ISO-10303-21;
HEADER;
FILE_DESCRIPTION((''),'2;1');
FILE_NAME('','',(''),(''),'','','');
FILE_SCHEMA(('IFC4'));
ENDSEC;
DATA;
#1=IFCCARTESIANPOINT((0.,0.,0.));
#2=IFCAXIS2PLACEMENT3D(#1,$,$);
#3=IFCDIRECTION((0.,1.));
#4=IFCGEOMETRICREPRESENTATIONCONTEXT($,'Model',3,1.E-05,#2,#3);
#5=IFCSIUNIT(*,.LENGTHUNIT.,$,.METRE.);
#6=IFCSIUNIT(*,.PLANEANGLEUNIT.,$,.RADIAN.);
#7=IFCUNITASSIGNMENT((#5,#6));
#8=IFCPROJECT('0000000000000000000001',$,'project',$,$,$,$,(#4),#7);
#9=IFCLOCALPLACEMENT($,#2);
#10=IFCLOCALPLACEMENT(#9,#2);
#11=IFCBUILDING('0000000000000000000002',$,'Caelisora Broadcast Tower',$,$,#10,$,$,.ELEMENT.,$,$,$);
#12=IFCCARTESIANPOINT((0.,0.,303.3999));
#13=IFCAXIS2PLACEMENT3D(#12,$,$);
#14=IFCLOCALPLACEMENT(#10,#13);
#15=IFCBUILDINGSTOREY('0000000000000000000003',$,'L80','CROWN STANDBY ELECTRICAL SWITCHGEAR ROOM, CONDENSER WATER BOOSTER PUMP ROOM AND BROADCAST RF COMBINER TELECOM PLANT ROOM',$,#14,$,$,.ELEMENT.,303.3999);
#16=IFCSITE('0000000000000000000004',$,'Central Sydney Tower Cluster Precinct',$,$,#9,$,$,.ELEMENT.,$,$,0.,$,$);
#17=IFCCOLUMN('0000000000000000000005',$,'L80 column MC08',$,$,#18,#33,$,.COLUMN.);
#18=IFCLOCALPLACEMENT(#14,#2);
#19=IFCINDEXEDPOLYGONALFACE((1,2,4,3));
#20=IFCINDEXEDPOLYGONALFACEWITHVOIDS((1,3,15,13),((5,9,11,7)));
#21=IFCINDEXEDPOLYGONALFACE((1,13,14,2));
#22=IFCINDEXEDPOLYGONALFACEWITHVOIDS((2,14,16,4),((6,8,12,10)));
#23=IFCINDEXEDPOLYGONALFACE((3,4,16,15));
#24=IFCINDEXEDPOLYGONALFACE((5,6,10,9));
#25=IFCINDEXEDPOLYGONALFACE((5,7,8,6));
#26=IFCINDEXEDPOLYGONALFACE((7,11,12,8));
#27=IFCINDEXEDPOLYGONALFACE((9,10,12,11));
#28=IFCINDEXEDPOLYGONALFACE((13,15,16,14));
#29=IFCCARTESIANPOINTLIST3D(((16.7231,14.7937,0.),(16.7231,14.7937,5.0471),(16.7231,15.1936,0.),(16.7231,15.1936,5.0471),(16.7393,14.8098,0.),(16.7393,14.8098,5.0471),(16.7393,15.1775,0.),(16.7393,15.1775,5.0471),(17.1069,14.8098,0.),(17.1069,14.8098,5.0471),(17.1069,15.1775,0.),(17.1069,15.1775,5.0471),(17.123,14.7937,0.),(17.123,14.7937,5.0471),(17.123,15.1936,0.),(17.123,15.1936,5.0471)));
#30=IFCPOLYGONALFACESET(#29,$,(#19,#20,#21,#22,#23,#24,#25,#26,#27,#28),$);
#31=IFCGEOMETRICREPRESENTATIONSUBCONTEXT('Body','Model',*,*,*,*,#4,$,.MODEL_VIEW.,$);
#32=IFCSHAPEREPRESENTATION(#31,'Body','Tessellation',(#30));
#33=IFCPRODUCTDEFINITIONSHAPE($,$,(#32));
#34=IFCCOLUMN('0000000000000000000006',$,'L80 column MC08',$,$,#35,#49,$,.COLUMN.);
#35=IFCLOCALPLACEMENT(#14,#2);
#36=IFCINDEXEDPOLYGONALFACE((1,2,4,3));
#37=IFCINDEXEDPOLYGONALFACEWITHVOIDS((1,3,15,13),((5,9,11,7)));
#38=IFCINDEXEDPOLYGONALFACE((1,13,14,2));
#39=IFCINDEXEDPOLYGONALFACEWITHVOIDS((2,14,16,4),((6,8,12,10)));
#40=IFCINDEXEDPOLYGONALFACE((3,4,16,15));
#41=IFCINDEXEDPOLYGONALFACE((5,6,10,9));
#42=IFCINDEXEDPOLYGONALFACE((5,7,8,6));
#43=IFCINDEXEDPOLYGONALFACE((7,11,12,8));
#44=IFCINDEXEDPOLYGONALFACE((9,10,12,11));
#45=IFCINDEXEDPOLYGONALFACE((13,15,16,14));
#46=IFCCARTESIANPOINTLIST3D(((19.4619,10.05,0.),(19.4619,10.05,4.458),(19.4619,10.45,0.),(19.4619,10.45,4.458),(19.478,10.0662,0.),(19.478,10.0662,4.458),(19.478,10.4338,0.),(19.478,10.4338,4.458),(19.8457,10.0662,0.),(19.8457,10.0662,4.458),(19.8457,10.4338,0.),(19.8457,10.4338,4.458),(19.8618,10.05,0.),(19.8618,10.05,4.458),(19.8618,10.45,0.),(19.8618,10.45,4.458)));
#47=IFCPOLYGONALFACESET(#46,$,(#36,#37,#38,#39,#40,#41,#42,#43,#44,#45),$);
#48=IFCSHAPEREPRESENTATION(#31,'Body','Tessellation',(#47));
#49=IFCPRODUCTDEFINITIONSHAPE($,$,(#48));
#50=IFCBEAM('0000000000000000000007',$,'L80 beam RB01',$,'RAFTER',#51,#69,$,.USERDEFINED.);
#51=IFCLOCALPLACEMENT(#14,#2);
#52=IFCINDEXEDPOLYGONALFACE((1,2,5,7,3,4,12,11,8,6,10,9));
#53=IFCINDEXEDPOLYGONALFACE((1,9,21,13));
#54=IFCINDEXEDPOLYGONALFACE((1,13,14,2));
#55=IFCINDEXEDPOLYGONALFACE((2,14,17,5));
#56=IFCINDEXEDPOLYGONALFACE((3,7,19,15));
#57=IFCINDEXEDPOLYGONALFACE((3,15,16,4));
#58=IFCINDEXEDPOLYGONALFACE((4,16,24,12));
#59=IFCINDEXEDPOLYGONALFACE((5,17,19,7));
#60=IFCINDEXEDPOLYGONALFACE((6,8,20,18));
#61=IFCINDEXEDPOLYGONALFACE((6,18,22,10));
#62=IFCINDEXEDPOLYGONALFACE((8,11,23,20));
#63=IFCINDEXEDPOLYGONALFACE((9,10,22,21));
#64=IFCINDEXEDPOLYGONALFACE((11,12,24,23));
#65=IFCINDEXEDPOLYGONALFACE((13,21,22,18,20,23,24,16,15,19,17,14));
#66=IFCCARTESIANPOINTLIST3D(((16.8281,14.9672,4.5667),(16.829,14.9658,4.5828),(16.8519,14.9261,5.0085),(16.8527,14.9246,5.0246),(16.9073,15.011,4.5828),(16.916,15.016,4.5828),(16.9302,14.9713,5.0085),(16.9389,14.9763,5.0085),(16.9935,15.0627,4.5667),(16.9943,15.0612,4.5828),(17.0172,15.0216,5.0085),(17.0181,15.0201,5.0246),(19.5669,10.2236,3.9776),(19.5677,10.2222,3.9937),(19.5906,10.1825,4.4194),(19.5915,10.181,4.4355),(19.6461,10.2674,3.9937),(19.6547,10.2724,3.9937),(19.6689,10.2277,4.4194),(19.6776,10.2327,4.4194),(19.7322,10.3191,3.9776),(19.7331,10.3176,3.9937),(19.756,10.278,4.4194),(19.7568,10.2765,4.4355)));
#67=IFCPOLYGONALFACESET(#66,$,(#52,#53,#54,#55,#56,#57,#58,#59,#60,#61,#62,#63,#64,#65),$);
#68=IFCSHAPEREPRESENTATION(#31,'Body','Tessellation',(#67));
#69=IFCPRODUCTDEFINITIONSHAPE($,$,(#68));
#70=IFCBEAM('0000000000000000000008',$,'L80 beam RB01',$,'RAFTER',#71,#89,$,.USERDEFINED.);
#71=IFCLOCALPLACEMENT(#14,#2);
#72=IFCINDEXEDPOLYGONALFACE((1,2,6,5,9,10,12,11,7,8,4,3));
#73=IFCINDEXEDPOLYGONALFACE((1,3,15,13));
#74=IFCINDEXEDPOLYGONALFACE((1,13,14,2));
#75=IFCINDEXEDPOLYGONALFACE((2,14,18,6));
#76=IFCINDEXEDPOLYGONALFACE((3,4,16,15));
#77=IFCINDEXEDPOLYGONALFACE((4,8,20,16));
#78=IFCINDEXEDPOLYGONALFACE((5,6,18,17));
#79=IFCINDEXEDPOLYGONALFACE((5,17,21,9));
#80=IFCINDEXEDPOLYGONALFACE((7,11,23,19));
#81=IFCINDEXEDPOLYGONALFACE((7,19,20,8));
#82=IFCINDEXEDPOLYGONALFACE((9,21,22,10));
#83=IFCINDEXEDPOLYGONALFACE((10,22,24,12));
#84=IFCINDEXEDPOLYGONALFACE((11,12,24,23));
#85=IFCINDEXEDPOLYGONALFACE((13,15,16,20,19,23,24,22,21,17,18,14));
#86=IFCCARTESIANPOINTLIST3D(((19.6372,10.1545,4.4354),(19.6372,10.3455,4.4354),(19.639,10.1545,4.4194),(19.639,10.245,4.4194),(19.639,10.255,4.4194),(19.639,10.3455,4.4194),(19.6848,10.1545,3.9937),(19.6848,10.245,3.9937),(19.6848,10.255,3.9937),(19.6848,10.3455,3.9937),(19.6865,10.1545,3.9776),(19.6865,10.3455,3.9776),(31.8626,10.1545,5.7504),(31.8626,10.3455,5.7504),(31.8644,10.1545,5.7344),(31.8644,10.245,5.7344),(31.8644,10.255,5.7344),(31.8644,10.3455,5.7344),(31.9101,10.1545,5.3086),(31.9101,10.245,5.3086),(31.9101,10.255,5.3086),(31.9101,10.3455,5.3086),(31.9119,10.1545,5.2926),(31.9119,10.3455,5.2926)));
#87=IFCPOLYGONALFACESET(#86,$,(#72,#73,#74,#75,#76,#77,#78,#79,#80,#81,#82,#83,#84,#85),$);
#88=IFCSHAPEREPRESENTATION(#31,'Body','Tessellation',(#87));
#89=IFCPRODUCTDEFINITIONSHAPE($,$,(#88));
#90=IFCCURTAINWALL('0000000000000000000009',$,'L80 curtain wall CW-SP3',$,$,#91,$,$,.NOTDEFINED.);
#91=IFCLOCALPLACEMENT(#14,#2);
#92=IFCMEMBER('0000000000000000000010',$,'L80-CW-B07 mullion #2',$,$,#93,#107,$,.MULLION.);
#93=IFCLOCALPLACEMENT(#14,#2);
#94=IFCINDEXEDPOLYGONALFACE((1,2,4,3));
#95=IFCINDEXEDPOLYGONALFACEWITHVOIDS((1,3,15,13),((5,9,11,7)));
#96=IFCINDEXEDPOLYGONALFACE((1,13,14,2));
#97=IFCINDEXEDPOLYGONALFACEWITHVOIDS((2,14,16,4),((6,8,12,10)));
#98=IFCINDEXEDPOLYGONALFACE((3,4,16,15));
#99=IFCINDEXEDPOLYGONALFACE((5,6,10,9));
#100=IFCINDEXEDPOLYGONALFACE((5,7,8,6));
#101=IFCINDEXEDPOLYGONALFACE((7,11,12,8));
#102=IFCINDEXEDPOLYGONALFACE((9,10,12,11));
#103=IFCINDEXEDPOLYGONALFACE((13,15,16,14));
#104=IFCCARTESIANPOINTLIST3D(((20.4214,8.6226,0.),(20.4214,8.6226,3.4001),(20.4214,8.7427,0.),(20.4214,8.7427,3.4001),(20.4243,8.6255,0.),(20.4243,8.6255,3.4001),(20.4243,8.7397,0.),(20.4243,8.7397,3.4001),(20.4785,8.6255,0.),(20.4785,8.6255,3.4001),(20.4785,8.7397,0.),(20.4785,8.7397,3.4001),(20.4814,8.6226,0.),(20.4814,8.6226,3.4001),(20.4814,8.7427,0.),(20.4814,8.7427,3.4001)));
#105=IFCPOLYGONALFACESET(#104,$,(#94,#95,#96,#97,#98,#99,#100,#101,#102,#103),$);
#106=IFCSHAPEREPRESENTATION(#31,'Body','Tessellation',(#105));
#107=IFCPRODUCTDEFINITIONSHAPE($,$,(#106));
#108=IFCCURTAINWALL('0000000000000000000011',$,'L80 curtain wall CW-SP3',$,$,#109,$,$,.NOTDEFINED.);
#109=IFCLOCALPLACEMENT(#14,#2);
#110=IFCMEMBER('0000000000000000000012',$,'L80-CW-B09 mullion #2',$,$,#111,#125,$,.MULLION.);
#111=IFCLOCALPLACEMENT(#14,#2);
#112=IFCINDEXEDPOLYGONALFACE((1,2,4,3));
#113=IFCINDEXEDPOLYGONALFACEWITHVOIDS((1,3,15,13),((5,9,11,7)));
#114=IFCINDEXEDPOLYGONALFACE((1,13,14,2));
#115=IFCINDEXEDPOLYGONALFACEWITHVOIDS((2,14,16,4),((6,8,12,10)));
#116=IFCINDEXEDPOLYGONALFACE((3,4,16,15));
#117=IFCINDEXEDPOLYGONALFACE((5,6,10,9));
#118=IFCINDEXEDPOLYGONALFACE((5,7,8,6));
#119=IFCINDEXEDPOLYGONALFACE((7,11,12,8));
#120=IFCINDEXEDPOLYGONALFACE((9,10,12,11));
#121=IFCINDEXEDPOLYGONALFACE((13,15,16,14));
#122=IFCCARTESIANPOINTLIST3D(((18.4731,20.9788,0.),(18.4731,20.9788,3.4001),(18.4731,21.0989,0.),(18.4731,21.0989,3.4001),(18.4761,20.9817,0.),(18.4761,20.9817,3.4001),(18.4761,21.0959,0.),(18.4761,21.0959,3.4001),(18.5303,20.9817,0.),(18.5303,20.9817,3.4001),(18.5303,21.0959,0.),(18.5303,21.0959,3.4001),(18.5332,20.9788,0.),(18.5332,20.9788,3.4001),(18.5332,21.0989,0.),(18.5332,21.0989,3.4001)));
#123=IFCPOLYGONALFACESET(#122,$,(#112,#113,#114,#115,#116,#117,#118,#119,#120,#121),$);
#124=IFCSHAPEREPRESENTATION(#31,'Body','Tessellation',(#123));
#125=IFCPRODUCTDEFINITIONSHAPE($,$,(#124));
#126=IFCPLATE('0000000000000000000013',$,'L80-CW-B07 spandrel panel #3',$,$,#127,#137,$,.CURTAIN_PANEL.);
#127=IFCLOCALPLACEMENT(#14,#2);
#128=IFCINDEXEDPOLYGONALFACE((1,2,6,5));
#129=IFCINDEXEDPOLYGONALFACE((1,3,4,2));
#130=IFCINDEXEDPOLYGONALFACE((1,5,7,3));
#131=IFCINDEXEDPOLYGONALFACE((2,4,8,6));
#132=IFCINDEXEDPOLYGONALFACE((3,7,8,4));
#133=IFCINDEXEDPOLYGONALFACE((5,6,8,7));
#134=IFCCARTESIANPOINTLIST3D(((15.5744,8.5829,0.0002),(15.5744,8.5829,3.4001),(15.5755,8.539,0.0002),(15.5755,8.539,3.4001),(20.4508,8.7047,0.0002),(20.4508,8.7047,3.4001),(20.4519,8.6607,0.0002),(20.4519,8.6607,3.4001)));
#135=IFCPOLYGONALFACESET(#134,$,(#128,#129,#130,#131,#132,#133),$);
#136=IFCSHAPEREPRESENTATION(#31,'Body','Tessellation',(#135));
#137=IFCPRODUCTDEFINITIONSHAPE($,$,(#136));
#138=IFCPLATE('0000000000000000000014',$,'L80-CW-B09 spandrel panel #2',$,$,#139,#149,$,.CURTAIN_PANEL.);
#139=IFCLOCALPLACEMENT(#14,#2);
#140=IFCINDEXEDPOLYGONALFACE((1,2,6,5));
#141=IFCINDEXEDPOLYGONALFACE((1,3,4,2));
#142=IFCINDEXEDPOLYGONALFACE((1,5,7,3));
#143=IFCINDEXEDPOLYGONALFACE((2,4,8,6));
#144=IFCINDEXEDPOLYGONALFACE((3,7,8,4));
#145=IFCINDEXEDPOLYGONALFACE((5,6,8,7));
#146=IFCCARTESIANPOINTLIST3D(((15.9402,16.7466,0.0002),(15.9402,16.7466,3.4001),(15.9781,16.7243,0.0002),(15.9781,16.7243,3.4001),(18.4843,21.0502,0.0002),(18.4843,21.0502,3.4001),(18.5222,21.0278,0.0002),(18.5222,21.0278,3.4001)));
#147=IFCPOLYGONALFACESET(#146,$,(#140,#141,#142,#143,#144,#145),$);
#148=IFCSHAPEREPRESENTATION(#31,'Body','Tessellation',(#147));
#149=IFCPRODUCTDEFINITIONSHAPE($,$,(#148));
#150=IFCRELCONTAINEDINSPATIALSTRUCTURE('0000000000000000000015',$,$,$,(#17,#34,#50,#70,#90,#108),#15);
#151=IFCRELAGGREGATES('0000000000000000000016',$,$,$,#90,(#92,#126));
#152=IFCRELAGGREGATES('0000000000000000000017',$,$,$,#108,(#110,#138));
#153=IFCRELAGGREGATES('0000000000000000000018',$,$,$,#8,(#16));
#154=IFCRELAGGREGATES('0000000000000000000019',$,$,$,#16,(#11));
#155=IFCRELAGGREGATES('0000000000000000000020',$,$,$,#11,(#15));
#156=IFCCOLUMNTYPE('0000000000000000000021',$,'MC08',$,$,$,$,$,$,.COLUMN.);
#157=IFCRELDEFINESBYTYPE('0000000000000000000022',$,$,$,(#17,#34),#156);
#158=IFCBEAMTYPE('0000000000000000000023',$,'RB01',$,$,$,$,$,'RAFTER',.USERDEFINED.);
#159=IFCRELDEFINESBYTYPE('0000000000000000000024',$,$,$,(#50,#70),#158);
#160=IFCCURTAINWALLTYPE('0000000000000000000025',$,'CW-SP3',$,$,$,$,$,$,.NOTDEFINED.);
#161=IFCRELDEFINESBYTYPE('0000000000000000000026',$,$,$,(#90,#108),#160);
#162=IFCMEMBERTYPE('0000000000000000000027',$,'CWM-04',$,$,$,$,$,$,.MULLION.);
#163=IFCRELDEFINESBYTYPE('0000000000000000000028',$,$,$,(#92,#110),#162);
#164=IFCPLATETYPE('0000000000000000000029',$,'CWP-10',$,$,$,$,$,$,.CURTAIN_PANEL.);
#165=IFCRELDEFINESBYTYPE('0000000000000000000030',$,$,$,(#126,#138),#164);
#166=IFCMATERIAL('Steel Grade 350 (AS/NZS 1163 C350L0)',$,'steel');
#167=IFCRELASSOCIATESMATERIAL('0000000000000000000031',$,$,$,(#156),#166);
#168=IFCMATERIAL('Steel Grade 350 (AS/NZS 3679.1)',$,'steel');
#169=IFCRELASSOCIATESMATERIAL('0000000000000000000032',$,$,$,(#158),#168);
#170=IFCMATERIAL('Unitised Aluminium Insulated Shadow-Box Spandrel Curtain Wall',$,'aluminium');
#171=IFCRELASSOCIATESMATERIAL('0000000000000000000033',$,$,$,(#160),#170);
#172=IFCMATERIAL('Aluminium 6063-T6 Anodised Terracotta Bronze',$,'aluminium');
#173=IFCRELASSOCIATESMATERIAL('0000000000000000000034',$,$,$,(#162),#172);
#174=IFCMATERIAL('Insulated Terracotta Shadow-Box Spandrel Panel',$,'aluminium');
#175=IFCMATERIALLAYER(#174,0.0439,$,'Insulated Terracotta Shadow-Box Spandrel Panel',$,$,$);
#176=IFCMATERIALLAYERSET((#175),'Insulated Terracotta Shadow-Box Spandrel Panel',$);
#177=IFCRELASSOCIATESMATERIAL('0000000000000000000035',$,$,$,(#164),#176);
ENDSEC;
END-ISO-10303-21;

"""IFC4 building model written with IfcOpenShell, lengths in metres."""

from ifc_helpers import new_model, si_unit, direction, frame, origin, origin_2d, place, context, subcontext, project, spatial, rectangle, hollow_rectangle, i_section, extrude, source, transform, mapped, material, layer, layer_set, material_profile, profile_set, type_object, type_shapes, element, aggregate, save


model = new_model("IFC4")

# Units and contexts
model_context = context("Model", 3, precision=1e-05, world=origin(), true_north=direction((0.0, 1.0)))
body_context = subcontext(model_context, "Body", "Model", "MODEL_VIEW")
ifc_project = project(units=[si_unit("LENGTHUNIT", "METRE"), si_unit("PLANEANGLEUNIT", "RADIAN")], contexts=[model_context])

# Site, building, storey
site_placement = place(None, origin())
site = spatial("IfcSite", under=ifc_project, at=site_placement, Name="Central Sydney Tower Cluster Precinct", CompositionType="ELEMENT", RefElevation=0.0)
building_placement = place(site_placement, origin())
building = spatial("IfcBuilding", under=site, at=building_placement, Name="Caelisora Broadcast Tower", CompositionType="ELEMENT")
storey_placement = place(building_placement, frame((0.0, 0.0, 303.3999)))
storey = spatial("IfcBuildingStorey", under=building, at=storey_placement, Name="L80", Description="CROWN STANDBY ELECTRICAL SWITCHGEAR ROOM, CONDENSER WATER BOOSTER PUMP ROOM AND BROADCAST RF COMBINER TELECOM PLANT ROOM", CompositionType="ELEMENT", Elevation=303.3999)

# Columns
ifc_material_1 = material(Name="Steel Grade 350 (AS/NZS 1163 C350L0)", Category="steel")
ifc_material_profile_1 = material_profile(ifc_material_1, hollow_rectangle(XDim=0.3999, YDim=0.3999, WallThickness=0.0161, at=origin_2d()), Name="Steel Grade 350 (AS/NZS 1163 C350L0)")
ifc_profile_set_1 = profile_set([ifc_material_profile_1], Name="Steel Grade 350 (AS/NZS 1163 C350L0)")
column_type = type_object("IfcColumnType", Name="MC08", PredefinedType="COLUMN", material=ifc_profile_set_1)
shared_shape_1 = source(origin(), body_context, "Body", "SweptSolid", [
    extrude(hollow_rectangle(XDim=0.3999, YDim=0.3999, WallThickness=0.0161, at=origin_2d()), origin(), (0.0, 0.0, 1.0), 5.0471),
])
column_1_placement = place(storey_placement, frame((16.9231, 14.9937, 0.0), z_axis=(0.0, 0.0, 1.0), x_axis=(1.0, 0.0, 0.0)))
element("IfcColumn", 1, at=column_1_placement, inside=storey, type_object=column_type, Name="L80 column MC08", PredefinedType="COLUMN", context=body_context, shape_type="MappedRepresentation", body=[
    mapped(shared_shape_1, transform((0.0, 0.0, 0.0), scale=1.0)),
])
shared_shape_2 = source(origin(), body_context, "Body", "SweptSolid", [
    extrude(hollow_rectangle(XDim=0.3999, YDim=0.3999, WallThickness=0.0161, at=origin_2d()), origin(), (0.0, 0.0, 1.0), 4.458),
])
type_shapes(column_type, [shared_shape_1, shared_shape_2])
column_2_placement = place(storey_placement, frame((19.6619, 10.25, 0.0), z_axis=(0.0, 0.0, 1.0), x_axis=(1.0, 0.0, 0.0)))
element("IfcColumn", 2, at=column_2_placement, inside=storey, type_object=column_type, Name="L80 column MC08", PredefinedType="COLUMN", context=body_context, shape_type="MappedRepresentation", body=[
    mapped(shared_shape_2, transform((0.0, 0.0, 0.0), scale=1.0)),
])

# Beams
ifc_material_2 = material(Name="Steel Grade 350 (AS/NZS 3679.1)", Category="steel")
ifc_material_profile_2 = material_profile(ifc_material_2, i_section(OverallWidth=0.1909, OverallDepth=0.4604, WebThickness=0.01, FlangeThickness=0.0161, at=origin_2d()), Name="Steel Grade 350 (AS/NZS 3679.1)")
ifc_profile_set_2 = profile_set([ifc_material_profile_2], Name="Steel Grade 350 (AS/NZS 3679.1)")
beam_type = type_object("IfcBeamType", Name="RB01", ElementType="RAFTER", PredefinedType="USERDEFINED", material=ifc_profile_set_2)
shared_shape_3 = source(origin(), body_context, "Body", "SweptSolid", [
    extrude(i_section(OverallWidth=0.1909, OverallDepth=0.4604, WebThickness=0.01, FlangeThickness=0.0161, at=origin_2d()), origin(), (0.0, 0.0, 1.0), 5.509),
])
beam_1_placement = place(storey_placement, frame((16.9231, 14.9937, 4.7957), z_axis=(0.497136, -0.861058, -0.106934), x_axis=(0.866024, 0.500003, 0.0)))
element("IfcBeam", 3, at=beam_1_placement, inside=storey, type_object=beam_type, Name="L80 beam RB01", ObjectType="RAFTER", PredefinedType="USERDEFINED", context=body_context, shape_type="MappedRepresentation", body=[
    mapped(shared_shape_3, transform((0.0, 0.0, 0.0), scale=1.0)),
])
shared_shape_4 = source(origin(), body_context, "Body", "SweptSolid", [
    extrude(i_section(OverallWidth=0.1909, OverallDepth=0.4604, WebThickness=0.01, FlangeThickness=0.0161, at=origin_2d()), origin(), (0.0, 0.0, 1.0), 12.2959),
])
type_shapes(beam_type, [shared_shape_3, shared_shape_4])
beam_2_placement = place(storey_placement, frame((19.6619, 10.25, 4.2065), z_axis=(0.994265, 0.0, 0.106942), x_axis=(0.0, 1.0, 0.0)))
element("IfcBeam", 4, at=beam_2_placement, inside=storey, type_object=beam_type, Name="L80 beam RB01", ObjectType="RAFTER", PredefinedType="USERDEFINED", context=body_context, shape_type="MappedRepresentation", body=[
    mapped(shared_shape_4, transform((0.0, 0.0, 0.0), scale=1.0)),
])

# Curtain walls, members
ifc_material_3 = material(Name="Unitised Aluminium Insulated Shadow-Box Spandrel Curtain Wall", Category="aluminium")
curtain_wall_type = type_object("IfcCurtainWallType", Name="CW-SP3", PredefinedType="NOTDEFINED", material=ifc_material_3)
curtain_wall_1_placement = place(storey_placement, origin())
curtain_wall_1 = element("IfcCurtainWall", 5, at=curtain_wall_1_placement, inside=storey, type_object=curtain_wall_type, Name="L80 curtain wall CW-SP3", PredefinedType="NOTDEFINED")
ifc_material_4 = material(Name="Aluminium 6063-T6 Anodised Terracotta Bronze", Category="aluminium")
ifc_material_profile_3 = material_profile(ifc_material_4, hollow_rectangle(XDim=0.0601, YDim=0.1201, WallThickness=0.0029, at=origin_2d()), Name="Aluminium 6063-T6 Anodised Terracotta Bronze")
ifc_profile_set_3 = profile_set([ifc_material_profile_3], Name="Aluminium 6063-T6 Anodised Terracotta Bronze")
member_type = type_object("IfcMemberType", Name="CWM-04", PredefinedType="MULLION", material=ifc_profile_set_3)
shared_shape_5 = source(origin(), body_context, "Body", "SweptSolid", [
    extrude(hollow_rectangle(XDim=0.0601, YDim=0.1201, WallThickness=0.0029, at=origin_2d()), origin(), (0.0, 0.0, 1.0), 3.4001),
])
type_shapes(member_type, [shared_shape_5])
member_1_placement = place(storey_placement, frame((20.4514, 8.6826, 0.0), z_axis=(0.0, 0.0, 1.0), x_axis=(1.0, 0.0, 0.0)))
member_1 = element("IfcMember", 6, at=member_1_placement, type_object=member_type, Name="L80-CW-B07 mullion #2", PredefinedType="MULLION", context=body_context, shape_type="MappedRepresentation", body=[
    mapped(shared_shape_5, transform((0.0, 0.0, 0.0), scale=1.0)),
])
curtain_wall_2_placement = place(storey_placement, origin())
curtain_wall_2 = element("IfcCurtainWall", 7, at=curtain_wall_2_placement, inside=storey, type_object=curtain_wall_type, Name="L80 curtain wall CW-SP3", PredefinedType="NOTDEFINED")
member_2_placement = place(storey_placement, frame((18.5032, 21.0388, 0.0), z_axis=(0.0, 0.0, 1.0), x_axis=(1.0, 0.0, 0.0)))
member_2 = element("IfcMember", 8, at=member_2_placement, type_object=member_type, Name="L80-CW-B09 mullion #2", PredefinedType="MULLION", context=body_context, shape_type="MappedRepresentation", body=[
    mapped(shared_shape_5, transform((0.0, 0.0, 0.0), scale=1.0)),
])

# Plates
ifc_material_5 = material(Name="Insulated Terracotta Shadow-Box Spandrel Panel", Category="aluminium")
ifc_layer_1 = layer(ifc_material_5, 0.0439, Name="Insulated Terracotta Shadow-Box Spandrel Panel")
ifc_layer_set_1 = layer_set([ifc_layer_1], Name="Insulated Terracotta Shadow-Box Spandrel Panel")
plate_type = type_object("IfcPlateType", Name="CWP-10", PredefinedType="CURTAIN_PANEL", material=ifc_layer_set_1)
shared_shape_6 = source(origin(), body_context, "Body", "SweptSolid", [
    extrude(rectangle(XDim=4.8779, YDim=0.0439, at=origin_2d()), origin(), (0.0, 0.0, 1.0), 3.3999),
])
plate_1_placement = place(storey_placement, frame((18.0132, 8.6218, 0.0002), z_axis=(0.0, 0.0, 1.0), x_axis=(-0.999689, -0.024956, 0.0)))
plate_1 = element("IfcPlate", 9, at=plate_1_placement, type_object=plate_type, Name="L80-CW-B07 spandrel panel #3", PredefinedType="CURTAIN_PANEL", context=body_context, shape_type="MappedRepresentation", body=[
    mapped(shared_shape_6, transform((0.0, 0.0, 0.0), scale=1.0)),
])
aggregate(curtain_wall_1, [member_1, plate_1])
shared_shape_7 = source(origin(), body_context, "Body", "SweptSolid", [
    extrude(rectangle(XDim=4.9993, YDim=0.0439, at=origin_2d()), origin(), (0.0, 0.0, 1.0), 3.3999),
])
type_shapes(plate_type, [shared_shape_6, shared_shape_7])
plate_2_placement = place(storey_placement, frame((17.2312, 18.8872, 0.0002), z_axis=(0.0, 0.0, 1.0), x_axis=(0.508891, 0.860831, 0.0)))
plate_2 = element("IfcPlate", 10, at=plate_2_placement, type_object=plate_type, Name="L80-CW-B09 spandrel panel #2", PredefinedType="CURTAIN_PANEL", context=body_context, shape_type="MappedRepresentation", body=[
    mapped(shared_shape_7, transform((0.0, 0.0, 0.0), scale=1.0)),
])
aggregate(curtain_wall_2, [member_2, plate_2])

save(model, "model.ifc")
